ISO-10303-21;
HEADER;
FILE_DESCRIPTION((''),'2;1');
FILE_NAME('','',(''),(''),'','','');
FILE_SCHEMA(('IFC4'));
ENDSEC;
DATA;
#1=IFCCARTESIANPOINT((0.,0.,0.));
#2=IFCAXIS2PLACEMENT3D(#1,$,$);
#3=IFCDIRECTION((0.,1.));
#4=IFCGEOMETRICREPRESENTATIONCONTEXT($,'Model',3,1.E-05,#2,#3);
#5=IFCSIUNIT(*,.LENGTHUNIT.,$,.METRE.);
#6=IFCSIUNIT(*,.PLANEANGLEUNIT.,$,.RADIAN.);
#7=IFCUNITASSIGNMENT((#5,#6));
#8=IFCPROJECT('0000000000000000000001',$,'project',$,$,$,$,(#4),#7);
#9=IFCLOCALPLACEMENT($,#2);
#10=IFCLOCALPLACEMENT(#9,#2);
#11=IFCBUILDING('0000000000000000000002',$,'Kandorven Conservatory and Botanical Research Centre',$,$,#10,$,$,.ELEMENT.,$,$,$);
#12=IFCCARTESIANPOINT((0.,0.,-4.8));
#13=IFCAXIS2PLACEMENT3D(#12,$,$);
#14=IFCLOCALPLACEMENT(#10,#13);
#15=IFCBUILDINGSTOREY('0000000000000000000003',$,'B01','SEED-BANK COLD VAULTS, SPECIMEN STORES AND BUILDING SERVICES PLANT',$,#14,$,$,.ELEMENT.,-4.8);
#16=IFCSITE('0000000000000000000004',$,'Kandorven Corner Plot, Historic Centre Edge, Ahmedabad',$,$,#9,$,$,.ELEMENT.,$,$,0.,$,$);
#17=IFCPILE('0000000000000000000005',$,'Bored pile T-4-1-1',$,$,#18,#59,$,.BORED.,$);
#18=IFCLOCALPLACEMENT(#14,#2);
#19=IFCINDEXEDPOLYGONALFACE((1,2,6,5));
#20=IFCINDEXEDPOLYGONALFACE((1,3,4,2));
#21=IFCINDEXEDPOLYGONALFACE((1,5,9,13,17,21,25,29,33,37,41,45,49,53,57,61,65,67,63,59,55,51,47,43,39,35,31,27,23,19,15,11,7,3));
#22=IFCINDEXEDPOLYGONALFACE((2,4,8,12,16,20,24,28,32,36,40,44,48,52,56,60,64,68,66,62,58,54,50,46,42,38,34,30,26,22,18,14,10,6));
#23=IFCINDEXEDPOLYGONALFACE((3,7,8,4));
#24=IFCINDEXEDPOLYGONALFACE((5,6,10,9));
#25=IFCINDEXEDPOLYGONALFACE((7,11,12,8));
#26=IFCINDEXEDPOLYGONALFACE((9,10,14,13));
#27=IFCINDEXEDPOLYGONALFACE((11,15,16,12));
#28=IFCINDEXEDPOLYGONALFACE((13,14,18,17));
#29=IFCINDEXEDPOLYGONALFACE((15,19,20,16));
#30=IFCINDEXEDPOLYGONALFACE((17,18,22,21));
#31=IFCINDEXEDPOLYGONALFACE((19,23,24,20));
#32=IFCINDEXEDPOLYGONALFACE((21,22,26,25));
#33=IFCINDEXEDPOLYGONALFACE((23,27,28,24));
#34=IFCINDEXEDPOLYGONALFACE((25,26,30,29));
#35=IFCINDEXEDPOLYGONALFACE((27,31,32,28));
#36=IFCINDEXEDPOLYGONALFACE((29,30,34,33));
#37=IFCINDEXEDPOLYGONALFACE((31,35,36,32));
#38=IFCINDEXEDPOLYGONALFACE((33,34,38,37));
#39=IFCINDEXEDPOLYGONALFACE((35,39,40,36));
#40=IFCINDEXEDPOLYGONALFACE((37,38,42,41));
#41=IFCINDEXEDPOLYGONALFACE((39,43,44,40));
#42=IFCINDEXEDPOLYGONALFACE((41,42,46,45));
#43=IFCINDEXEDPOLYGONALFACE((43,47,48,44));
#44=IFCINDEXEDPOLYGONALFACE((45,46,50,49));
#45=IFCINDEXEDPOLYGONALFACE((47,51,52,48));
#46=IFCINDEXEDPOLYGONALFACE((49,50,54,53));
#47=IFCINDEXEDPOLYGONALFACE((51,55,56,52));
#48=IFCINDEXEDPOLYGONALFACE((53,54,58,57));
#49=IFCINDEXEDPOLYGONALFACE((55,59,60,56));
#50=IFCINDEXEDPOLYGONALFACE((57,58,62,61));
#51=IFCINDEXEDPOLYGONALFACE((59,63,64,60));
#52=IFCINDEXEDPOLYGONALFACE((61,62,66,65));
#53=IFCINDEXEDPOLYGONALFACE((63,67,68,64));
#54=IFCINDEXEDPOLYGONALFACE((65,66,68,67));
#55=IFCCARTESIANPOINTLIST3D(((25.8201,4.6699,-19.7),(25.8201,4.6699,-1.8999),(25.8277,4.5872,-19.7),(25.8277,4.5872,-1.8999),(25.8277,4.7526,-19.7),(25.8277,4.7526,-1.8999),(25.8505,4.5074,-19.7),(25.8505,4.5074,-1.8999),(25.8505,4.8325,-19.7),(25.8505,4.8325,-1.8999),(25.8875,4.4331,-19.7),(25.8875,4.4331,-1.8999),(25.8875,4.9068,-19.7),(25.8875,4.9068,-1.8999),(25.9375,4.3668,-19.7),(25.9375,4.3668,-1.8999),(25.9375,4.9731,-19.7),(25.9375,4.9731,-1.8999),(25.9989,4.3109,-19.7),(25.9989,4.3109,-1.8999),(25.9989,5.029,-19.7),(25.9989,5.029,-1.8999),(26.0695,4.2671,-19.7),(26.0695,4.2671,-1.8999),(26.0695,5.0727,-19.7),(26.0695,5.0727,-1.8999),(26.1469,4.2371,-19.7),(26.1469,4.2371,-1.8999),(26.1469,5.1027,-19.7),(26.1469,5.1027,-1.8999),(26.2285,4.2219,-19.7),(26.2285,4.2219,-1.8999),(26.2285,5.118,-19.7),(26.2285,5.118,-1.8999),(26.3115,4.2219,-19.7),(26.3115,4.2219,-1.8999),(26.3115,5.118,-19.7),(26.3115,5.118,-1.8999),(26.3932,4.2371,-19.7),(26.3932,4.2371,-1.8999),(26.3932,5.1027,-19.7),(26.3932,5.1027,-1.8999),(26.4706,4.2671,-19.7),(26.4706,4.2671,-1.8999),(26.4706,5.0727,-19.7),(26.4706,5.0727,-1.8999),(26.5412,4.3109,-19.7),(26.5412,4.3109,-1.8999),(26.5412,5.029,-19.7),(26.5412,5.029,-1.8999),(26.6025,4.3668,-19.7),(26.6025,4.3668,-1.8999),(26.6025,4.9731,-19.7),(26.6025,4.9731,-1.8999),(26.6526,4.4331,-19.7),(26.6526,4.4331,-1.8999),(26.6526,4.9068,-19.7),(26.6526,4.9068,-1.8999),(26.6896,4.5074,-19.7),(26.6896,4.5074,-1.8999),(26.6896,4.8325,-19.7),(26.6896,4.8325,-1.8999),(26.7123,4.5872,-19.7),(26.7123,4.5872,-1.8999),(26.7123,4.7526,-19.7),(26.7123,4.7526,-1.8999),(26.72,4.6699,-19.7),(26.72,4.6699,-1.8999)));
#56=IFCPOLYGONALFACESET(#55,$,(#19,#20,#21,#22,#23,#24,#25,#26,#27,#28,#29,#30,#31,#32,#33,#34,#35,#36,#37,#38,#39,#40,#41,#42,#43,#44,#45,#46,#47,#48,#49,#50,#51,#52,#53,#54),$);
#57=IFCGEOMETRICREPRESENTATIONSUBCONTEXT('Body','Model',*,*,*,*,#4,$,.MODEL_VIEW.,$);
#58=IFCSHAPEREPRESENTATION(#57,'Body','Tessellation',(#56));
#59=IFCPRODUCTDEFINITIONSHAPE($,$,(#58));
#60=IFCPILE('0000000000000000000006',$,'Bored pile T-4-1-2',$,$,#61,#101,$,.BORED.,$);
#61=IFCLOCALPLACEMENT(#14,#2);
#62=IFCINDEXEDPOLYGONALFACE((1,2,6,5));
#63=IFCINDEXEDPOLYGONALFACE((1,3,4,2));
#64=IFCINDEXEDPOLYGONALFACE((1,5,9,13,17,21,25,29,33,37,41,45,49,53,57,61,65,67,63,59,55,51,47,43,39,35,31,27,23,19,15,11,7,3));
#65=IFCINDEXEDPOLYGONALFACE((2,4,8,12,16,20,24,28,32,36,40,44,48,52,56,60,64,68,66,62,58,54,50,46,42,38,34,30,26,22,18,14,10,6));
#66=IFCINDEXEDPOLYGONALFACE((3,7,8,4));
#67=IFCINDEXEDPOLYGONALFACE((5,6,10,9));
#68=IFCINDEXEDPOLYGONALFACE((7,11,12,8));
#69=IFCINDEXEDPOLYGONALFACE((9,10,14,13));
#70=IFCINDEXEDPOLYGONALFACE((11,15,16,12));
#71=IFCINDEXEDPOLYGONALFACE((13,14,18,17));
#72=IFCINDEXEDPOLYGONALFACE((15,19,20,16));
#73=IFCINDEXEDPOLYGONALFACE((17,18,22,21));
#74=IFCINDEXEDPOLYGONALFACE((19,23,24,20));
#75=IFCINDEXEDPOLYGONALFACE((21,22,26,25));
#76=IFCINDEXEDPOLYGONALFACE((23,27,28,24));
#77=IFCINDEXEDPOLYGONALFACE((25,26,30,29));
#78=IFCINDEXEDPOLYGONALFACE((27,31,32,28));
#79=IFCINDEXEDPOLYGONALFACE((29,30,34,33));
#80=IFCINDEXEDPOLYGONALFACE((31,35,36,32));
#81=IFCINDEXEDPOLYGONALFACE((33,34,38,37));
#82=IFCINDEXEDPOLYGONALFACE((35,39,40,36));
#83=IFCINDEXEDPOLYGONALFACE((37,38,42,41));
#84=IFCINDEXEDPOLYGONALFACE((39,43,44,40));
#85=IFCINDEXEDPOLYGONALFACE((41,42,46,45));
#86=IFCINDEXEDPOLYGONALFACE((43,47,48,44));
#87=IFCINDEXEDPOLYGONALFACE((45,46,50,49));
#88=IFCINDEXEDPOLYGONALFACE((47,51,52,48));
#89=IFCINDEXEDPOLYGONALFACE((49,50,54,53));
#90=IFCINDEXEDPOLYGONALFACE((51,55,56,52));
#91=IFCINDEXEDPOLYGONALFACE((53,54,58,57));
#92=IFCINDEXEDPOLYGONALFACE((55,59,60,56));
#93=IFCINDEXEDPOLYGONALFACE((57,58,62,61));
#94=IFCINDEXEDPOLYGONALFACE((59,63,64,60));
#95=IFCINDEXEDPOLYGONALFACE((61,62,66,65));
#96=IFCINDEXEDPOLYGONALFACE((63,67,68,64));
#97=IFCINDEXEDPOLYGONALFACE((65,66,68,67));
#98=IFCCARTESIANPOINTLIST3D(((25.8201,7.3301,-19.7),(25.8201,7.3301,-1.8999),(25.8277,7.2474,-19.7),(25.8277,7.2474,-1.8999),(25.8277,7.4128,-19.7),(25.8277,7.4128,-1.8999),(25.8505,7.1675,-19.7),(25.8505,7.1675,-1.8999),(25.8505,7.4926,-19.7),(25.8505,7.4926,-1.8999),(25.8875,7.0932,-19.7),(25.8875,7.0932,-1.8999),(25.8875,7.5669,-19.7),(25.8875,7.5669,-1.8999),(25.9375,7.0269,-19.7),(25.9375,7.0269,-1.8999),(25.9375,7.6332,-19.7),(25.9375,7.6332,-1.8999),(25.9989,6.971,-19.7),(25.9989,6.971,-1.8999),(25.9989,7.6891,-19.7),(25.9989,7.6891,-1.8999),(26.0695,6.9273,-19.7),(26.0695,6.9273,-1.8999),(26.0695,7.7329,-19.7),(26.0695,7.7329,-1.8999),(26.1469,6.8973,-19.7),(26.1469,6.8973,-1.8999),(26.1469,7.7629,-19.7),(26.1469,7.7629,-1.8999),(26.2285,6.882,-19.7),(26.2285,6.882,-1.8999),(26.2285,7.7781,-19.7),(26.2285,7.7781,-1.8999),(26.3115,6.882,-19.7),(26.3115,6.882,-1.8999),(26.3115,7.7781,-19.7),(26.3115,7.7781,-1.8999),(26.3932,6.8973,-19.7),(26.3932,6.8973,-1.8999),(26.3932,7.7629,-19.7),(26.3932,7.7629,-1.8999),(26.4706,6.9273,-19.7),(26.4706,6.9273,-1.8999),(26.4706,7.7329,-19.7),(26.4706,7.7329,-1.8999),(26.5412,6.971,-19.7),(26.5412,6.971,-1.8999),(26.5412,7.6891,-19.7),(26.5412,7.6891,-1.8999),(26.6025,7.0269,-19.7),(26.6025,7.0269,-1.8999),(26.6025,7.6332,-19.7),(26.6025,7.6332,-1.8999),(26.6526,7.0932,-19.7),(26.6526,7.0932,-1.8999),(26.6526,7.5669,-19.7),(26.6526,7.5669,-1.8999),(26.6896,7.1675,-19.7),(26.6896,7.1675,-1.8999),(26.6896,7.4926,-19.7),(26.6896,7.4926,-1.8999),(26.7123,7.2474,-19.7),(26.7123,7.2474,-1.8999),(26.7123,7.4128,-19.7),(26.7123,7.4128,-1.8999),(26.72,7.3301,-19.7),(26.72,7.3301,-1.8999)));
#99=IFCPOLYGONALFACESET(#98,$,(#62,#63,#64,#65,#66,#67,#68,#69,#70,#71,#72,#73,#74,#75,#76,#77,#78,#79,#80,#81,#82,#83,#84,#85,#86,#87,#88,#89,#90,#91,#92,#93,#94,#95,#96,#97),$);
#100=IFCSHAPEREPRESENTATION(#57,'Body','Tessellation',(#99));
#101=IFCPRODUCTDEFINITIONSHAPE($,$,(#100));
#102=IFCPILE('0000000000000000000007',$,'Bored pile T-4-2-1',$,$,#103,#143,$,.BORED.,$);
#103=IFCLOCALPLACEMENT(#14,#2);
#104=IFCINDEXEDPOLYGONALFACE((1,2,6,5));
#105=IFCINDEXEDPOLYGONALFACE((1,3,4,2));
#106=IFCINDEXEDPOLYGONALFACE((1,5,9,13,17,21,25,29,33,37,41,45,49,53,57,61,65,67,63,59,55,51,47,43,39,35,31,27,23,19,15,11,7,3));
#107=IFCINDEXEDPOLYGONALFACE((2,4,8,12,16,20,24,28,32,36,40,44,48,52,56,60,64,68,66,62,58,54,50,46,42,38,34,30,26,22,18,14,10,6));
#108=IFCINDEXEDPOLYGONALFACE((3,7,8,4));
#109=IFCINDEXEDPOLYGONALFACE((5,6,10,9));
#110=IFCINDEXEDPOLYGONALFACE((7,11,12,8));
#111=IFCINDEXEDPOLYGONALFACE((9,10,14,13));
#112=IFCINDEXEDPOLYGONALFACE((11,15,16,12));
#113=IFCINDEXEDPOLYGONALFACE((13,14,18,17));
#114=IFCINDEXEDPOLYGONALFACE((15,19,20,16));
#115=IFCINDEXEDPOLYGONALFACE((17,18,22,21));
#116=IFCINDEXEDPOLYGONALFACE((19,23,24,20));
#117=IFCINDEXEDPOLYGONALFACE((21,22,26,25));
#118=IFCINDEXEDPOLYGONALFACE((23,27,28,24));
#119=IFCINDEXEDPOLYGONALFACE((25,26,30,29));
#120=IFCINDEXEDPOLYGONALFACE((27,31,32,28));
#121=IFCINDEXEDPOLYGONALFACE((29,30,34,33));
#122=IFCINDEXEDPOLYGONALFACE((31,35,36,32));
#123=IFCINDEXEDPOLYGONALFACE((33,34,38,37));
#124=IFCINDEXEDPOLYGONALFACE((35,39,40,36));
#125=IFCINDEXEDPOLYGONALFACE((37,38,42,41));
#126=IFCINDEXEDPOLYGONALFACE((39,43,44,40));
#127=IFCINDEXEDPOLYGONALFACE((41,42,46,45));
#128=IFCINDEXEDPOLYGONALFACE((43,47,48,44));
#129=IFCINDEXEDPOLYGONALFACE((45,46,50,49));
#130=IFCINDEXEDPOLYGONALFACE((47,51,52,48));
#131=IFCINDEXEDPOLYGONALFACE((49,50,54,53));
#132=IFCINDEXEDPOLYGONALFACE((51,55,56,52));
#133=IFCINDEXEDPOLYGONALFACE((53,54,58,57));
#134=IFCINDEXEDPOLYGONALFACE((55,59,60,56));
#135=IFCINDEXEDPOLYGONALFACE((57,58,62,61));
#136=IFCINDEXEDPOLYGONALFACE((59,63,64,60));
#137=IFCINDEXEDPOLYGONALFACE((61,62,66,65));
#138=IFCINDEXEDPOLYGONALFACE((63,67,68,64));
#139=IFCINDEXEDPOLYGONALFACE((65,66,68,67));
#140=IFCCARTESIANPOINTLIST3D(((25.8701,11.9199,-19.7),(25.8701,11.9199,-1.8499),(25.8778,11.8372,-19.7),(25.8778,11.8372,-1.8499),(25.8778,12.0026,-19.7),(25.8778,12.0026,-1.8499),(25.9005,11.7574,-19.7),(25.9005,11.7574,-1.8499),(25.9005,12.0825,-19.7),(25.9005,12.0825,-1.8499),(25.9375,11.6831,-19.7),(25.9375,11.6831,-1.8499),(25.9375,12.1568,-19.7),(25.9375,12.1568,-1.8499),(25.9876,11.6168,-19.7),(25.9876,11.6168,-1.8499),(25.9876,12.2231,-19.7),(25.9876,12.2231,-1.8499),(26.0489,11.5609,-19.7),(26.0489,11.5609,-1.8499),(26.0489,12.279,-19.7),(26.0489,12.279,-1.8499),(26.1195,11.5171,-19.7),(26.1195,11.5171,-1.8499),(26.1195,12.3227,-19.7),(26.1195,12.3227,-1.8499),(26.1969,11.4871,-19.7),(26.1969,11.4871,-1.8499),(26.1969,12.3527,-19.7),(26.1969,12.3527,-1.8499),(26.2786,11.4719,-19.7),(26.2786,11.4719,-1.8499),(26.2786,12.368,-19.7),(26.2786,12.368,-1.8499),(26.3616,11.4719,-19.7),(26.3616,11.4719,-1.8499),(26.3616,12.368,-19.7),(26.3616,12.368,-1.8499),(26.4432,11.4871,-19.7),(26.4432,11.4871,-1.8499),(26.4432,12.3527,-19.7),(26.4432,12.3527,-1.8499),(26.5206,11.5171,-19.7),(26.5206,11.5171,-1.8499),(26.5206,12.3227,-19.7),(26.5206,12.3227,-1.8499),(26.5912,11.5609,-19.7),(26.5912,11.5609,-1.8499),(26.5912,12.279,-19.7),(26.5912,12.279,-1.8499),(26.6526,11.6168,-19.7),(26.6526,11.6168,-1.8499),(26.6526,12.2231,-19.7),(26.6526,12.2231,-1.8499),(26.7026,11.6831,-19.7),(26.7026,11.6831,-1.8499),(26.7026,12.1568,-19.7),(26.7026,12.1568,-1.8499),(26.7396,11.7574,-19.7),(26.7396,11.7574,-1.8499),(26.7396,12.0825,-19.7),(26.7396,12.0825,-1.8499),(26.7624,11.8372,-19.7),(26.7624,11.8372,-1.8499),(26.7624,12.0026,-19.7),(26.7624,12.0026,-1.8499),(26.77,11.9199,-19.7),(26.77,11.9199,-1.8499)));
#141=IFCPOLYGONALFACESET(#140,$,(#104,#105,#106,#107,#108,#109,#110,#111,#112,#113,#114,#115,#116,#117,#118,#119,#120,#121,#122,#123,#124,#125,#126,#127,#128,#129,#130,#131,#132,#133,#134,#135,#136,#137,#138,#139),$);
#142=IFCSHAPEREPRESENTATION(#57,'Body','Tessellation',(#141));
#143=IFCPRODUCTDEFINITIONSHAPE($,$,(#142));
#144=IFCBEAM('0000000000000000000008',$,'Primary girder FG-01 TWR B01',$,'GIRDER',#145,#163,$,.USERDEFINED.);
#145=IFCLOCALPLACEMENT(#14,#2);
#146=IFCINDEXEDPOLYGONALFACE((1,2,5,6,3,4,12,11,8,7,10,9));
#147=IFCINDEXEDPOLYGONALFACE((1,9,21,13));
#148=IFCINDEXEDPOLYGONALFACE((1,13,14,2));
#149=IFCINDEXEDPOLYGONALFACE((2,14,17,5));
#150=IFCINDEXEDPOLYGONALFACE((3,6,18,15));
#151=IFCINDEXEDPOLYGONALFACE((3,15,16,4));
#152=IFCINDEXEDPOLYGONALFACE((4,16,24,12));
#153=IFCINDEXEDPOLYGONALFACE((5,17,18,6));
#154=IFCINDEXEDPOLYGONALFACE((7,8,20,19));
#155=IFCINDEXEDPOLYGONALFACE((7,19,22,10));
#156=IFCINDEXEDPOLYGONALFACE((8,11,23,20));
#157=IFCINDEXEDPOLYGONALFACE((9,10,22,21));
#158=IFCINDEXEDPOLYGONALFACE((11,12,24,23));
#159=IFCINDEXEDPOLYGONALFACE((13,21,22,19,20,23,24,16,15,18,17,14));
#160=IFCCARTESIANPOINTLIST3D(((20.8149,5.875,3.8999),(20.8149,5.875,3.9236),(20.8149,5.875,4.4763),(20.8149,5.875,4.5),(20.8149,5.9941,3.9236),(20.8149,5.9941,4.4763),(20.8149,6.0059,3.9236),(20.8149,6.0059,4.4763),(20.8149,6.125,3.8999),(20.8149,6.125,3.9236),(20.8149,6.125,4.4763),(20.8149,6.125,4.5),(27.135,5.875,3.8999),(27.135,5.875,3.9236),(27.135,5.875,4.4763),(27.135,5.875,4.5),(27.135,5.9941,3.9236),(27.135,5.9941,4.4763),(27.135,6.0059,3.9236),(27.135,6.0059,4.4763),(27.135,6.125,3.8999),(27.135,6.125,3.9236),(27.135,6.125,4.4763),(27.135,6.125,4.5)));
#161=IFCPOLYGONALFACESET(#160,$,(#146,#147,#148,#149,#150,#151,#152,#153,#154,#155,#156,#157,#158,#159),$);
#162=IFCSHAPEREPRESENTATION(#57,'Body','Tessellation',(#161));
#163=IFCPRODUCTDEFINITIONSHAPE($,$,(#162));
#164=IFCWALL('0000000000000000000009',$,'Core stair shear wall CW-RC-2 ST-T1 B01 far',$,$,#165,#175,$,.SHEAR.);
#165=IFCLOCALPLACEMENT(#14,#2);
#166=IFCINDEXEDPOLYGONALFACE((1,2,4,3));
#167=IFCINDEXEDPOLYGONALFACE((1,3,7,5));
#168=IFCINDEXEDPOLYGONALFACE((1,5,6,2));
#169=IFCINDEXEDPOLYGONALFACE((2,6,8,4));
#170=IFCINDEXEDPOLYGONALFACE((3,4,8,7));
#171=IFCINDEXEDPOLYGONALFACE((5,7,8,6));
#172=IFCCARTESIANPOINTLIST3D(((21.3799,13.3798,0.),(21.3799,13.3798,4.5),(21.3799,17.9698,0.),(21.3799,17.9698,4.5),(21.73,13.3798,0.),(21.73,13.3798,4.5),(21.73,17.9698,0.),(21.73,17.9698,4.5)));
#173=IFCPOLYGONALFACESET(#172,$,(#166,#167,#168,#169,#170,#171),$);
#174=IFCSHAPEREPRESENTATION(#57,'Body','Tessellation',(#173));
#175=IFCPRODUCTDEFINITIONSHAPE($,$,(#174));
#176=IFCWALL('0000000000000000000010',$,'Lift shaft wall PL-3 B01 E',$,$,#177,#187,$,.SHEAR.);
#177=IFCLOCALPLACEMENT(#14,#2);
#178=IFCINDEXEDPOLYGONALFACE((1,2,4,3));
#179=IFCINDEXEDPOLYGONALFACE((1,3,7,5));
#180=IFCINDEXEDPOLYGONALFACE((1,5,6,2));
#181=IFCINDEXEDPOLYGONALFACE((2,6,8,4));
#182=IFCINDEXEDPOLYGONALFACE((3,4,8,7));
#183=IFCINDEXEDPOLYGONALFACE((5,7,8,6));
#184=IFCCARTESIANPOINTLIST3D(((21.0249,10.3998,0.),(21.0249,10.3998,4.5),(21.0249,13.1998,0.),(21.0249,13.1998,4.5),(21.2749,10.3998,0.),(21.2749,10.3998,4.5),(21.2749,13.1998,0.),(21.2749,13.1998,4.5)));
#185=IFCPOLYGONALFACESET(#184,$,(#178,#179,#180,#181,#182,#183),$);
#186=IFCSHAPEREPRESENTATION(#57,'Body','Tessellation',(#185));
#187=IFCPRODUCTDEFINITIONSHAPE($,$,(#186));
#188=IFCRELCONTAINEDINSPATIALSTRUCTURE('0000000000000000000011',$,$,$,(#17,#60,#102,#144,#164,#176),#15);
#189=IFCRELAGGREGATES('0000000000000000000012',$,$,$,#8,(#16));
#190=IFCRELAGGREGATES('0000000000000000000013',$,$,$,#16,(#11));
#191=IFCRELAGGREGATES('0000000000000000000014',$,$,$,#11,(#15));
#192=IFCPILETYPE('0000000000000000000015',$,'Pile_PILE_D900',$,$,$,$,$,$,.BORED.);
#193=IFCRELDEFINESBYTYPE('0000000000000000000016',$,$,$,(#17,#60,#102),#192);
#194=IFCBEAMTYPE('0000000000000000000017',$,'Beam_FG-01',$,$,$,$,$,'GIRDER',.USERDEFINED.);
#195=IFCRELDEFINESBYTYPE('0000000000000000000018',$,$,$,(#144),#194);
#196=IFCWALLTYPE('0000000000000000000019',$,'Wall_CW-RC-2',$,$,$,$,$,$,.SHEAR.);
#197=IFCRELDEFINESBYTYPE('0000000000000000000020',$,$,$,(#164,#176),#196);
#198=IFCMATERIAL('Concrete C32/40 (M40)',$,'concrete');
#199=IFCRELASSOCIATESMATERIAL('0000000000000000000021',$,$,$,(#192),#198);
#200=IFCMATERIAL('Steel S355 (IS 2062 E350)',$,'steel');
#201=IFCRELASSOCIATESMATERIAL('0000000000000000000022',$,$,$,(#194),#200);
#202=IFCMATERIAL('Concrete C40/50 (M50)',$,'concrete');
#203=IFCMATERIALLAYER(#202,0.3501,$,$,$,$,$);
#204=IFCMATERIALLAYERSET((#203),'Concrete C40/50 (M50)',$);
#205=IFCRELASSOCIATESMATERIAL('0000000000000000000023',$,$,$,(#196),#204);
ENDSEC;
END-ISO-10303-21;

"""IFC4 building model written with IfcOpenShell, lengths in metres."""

from ifc_helpers import new_model, si_unit, direction, frame, frame_2d, origin, origin_2d, place, context, subcontext, project, spatial, rectangle, circle, i_section, extrude, material, layer, layer_set, material_profile, profile_set, type_object, element, save


model = new_model("IFC4")

# Units and contexts
model_context = context("Model", 3, precision=1e-05, world=origin(), true_north=direction((0.0, 1.0)))
body_context = subcontext(model_context, "Body", "Model", "MODEL_VIEW")
ifc_project = project(units=[si_unit("LENGTHUNIT", "METRE"), si_unit("PLANEANGLEUNIT", "RADIAN")], contexts=[model_context])

# Site, building, storey
site_placement = place(None, origin())
site = spatial("IfcSite", under=ifc_project, at=site_placement, Name="Kandorven Corner Plot, Historic Centre Edge, Ahmedabad", CompositionType="ELEMENT", RefElevation=0.0)
building_placement = place(site_placement, origin())
building = spatial("IfcBuilding", under=site, at=building_placement, Name="Kandorven Conservatory and Botanical Research Centre", CompositionType="ELEMENT")
storey_placement = place(building_placement, frame((0.0, 0.0, -4.8)))
storey = spatial("IfcBuildingStorey", under=building, at=storey_placement, Name="B01", Description="SEED-BANK COLD VAULTS, SPECIMEN STORES AND BUILDING SERVICES PLANT", CompositionType="ELEMENT", Elevation=-4.8)

# Piles
ifc_material_1 = material(Name="Concrete C32/40 (M40)", Category="concrete")
ifc_material_profile_1 = material_profile(ifc_material_1, circle(Radius=0.45, at=origin_2d()))
ifc_profile_set_1 = profile_set([ifc_material_profile_1], Name="Concrete C32/40 (M40)")
pile_type = type_object("IfcPileType", Name="Pile_PILE_D900", PredefinedType="BORED", material=ifc_profile_set_1)
for number, where, z_axis, x_axis, name in (
    (1, (26.27, 4.6699, -1.8999), (0.0, 0.0, -1.0), (1.0, 0.0, 0.0), "Bored pile T-4-1-1"),
    (2, (26.27, 7.3301, -1.8999), (0.0, 0.0, -1.0), (1.0, 0.0, 0.0), "Bored pile T-4-1-2"),
):
    element("IfcPile", number, at=place(storey_placement, frame(where, z_axis=z_axis, x_axis=x_axis)), inside=storey, type_object=pile_type, Name=name, PredefinedType="BORED", context=body_context, shape_type="SweptSolid", body=[
        extrude(circle(Radius=0.45, at=origin_2d()), origin(), (0.0, 0.0, 1.0), 17.8),
    ])
pile_1_placement = place(storey_placement, frame((26.3201, 11.9199, -1.8499), z_axis=(0.0, 0.0, -1.0), x_axis=(1.0, 0.0, 0.0)))
element("IfcPile", 3, at=pile_1_placement, inside=storey, type_object=pile_type, Name="Bored pile T-4-2-1", PredefinedType="BORED", context=body_context, shape_type="SweptSolid", body=[
    extrude(circle(Radius=0.45, at=origin_2d()), origin(), (0.0, 0.0, 1.0), 17.8501),
])

# Beam
ifc_material_2 = material(Name="Steel S355 (IS 2062 E350)", Category="steel")
ifc_material_profile_2 = material_profile(ifc_material_2, i_section(OverallWidth=0.25, OverallDepth=0.6001, WebThickness=0.0117, FlangeThickness=0.0237, at=origin_2d()))
ifc_profile_set_2 = profile_set([ifc_material_profile_2], Name="Steel S355 (IS 2062 E350)")
beam_type = type_object("IfcBeamType", Name="Beam_FG-01", ElementType="GIRDER", PredefinedType="USERDEFINED", material=ifc_profile_set_2)
beam_placement = place(storey_placement, frame((20.8149, 6.0, 4.2), z_axis=(1.0, 0.0, 0.0), x_axis=(0.0, 1.0, 0.0)))
element("IfcBeam", 4, at=beam_placement, inside=storey, type_object=beam_type, Name="Primary girder FG-01 TWR B01", ObjectType="GIRDER", PredefinedType="USERDEFINED", context=body_context, shape_type="SweptSolid", body=[
    extrude(i_section(OverallWidth=0.25, OverallDepth=0.6001, WebThickness=0.0117, FlangeThickness=0.0237, at=origin_2d()), origin(), (0.0, 0.0, 1.0), 6.3201),
])

# Walls
ifc_material_3 = material(Name="Concrete C40/50 (M50)", Category="concrete")
ifc_layer_1 = layer(ifc_material_3, 0.3501)
ifc_layer_set_1 = layer_set([ifc_layer_1], Name="Concrete C40/50 (M50)")
wall_type_1 = type_object("IfcWallType", Name="Wall_CW-RC-2", PredefinedType="SHEAR", material=ifc_layer_set_1)
wall_1_placement = place(storey_placement, frame((21.5549, 13.3799, 0.0), z_axis=(0.0, 0.0, 1.0), x_axis=(0.0, 1.0, 0.0)))
element("IfcWall", 5, at=wall_1_placement, inside=storey, type_object=wall_type_1, Name="Core stair shear wall CW-RC-2 ST-T1 B01 far", PredefinedType="SHEAR", context=body_context, shape_type="SweptSolid", body=[
    extrude(rectangle(XDim=4.5901, YDim=0.3501, at=frame_2d((2.2949, 0.0))), origin(), (0.0, 0.0, 1.0), 4.5),
])
wall_2_placement = place(storey_placement, frame((21.1499, 10.3999, 0.0), z_axis=(0.0, 0.0, 1.0), x_axis=(0.0, 1.0, 0.0)))
element("IfcWall", 6, at=wall_2_placement, inside=storey, type_object=wall_type_1, Name="Lift shaft wall PL-3 B01 E", PredefinedType="SHEAR", context=body_context, shape_type="SweptSolid", body=[
    extrude(rectangle(XDim=2.8, YDim=0.25, at=frame_2d((1.3999, 0.0))), origin(), (0.0, 0.0, 1.0), 4.5),
])

save(model, "model.ifc")
